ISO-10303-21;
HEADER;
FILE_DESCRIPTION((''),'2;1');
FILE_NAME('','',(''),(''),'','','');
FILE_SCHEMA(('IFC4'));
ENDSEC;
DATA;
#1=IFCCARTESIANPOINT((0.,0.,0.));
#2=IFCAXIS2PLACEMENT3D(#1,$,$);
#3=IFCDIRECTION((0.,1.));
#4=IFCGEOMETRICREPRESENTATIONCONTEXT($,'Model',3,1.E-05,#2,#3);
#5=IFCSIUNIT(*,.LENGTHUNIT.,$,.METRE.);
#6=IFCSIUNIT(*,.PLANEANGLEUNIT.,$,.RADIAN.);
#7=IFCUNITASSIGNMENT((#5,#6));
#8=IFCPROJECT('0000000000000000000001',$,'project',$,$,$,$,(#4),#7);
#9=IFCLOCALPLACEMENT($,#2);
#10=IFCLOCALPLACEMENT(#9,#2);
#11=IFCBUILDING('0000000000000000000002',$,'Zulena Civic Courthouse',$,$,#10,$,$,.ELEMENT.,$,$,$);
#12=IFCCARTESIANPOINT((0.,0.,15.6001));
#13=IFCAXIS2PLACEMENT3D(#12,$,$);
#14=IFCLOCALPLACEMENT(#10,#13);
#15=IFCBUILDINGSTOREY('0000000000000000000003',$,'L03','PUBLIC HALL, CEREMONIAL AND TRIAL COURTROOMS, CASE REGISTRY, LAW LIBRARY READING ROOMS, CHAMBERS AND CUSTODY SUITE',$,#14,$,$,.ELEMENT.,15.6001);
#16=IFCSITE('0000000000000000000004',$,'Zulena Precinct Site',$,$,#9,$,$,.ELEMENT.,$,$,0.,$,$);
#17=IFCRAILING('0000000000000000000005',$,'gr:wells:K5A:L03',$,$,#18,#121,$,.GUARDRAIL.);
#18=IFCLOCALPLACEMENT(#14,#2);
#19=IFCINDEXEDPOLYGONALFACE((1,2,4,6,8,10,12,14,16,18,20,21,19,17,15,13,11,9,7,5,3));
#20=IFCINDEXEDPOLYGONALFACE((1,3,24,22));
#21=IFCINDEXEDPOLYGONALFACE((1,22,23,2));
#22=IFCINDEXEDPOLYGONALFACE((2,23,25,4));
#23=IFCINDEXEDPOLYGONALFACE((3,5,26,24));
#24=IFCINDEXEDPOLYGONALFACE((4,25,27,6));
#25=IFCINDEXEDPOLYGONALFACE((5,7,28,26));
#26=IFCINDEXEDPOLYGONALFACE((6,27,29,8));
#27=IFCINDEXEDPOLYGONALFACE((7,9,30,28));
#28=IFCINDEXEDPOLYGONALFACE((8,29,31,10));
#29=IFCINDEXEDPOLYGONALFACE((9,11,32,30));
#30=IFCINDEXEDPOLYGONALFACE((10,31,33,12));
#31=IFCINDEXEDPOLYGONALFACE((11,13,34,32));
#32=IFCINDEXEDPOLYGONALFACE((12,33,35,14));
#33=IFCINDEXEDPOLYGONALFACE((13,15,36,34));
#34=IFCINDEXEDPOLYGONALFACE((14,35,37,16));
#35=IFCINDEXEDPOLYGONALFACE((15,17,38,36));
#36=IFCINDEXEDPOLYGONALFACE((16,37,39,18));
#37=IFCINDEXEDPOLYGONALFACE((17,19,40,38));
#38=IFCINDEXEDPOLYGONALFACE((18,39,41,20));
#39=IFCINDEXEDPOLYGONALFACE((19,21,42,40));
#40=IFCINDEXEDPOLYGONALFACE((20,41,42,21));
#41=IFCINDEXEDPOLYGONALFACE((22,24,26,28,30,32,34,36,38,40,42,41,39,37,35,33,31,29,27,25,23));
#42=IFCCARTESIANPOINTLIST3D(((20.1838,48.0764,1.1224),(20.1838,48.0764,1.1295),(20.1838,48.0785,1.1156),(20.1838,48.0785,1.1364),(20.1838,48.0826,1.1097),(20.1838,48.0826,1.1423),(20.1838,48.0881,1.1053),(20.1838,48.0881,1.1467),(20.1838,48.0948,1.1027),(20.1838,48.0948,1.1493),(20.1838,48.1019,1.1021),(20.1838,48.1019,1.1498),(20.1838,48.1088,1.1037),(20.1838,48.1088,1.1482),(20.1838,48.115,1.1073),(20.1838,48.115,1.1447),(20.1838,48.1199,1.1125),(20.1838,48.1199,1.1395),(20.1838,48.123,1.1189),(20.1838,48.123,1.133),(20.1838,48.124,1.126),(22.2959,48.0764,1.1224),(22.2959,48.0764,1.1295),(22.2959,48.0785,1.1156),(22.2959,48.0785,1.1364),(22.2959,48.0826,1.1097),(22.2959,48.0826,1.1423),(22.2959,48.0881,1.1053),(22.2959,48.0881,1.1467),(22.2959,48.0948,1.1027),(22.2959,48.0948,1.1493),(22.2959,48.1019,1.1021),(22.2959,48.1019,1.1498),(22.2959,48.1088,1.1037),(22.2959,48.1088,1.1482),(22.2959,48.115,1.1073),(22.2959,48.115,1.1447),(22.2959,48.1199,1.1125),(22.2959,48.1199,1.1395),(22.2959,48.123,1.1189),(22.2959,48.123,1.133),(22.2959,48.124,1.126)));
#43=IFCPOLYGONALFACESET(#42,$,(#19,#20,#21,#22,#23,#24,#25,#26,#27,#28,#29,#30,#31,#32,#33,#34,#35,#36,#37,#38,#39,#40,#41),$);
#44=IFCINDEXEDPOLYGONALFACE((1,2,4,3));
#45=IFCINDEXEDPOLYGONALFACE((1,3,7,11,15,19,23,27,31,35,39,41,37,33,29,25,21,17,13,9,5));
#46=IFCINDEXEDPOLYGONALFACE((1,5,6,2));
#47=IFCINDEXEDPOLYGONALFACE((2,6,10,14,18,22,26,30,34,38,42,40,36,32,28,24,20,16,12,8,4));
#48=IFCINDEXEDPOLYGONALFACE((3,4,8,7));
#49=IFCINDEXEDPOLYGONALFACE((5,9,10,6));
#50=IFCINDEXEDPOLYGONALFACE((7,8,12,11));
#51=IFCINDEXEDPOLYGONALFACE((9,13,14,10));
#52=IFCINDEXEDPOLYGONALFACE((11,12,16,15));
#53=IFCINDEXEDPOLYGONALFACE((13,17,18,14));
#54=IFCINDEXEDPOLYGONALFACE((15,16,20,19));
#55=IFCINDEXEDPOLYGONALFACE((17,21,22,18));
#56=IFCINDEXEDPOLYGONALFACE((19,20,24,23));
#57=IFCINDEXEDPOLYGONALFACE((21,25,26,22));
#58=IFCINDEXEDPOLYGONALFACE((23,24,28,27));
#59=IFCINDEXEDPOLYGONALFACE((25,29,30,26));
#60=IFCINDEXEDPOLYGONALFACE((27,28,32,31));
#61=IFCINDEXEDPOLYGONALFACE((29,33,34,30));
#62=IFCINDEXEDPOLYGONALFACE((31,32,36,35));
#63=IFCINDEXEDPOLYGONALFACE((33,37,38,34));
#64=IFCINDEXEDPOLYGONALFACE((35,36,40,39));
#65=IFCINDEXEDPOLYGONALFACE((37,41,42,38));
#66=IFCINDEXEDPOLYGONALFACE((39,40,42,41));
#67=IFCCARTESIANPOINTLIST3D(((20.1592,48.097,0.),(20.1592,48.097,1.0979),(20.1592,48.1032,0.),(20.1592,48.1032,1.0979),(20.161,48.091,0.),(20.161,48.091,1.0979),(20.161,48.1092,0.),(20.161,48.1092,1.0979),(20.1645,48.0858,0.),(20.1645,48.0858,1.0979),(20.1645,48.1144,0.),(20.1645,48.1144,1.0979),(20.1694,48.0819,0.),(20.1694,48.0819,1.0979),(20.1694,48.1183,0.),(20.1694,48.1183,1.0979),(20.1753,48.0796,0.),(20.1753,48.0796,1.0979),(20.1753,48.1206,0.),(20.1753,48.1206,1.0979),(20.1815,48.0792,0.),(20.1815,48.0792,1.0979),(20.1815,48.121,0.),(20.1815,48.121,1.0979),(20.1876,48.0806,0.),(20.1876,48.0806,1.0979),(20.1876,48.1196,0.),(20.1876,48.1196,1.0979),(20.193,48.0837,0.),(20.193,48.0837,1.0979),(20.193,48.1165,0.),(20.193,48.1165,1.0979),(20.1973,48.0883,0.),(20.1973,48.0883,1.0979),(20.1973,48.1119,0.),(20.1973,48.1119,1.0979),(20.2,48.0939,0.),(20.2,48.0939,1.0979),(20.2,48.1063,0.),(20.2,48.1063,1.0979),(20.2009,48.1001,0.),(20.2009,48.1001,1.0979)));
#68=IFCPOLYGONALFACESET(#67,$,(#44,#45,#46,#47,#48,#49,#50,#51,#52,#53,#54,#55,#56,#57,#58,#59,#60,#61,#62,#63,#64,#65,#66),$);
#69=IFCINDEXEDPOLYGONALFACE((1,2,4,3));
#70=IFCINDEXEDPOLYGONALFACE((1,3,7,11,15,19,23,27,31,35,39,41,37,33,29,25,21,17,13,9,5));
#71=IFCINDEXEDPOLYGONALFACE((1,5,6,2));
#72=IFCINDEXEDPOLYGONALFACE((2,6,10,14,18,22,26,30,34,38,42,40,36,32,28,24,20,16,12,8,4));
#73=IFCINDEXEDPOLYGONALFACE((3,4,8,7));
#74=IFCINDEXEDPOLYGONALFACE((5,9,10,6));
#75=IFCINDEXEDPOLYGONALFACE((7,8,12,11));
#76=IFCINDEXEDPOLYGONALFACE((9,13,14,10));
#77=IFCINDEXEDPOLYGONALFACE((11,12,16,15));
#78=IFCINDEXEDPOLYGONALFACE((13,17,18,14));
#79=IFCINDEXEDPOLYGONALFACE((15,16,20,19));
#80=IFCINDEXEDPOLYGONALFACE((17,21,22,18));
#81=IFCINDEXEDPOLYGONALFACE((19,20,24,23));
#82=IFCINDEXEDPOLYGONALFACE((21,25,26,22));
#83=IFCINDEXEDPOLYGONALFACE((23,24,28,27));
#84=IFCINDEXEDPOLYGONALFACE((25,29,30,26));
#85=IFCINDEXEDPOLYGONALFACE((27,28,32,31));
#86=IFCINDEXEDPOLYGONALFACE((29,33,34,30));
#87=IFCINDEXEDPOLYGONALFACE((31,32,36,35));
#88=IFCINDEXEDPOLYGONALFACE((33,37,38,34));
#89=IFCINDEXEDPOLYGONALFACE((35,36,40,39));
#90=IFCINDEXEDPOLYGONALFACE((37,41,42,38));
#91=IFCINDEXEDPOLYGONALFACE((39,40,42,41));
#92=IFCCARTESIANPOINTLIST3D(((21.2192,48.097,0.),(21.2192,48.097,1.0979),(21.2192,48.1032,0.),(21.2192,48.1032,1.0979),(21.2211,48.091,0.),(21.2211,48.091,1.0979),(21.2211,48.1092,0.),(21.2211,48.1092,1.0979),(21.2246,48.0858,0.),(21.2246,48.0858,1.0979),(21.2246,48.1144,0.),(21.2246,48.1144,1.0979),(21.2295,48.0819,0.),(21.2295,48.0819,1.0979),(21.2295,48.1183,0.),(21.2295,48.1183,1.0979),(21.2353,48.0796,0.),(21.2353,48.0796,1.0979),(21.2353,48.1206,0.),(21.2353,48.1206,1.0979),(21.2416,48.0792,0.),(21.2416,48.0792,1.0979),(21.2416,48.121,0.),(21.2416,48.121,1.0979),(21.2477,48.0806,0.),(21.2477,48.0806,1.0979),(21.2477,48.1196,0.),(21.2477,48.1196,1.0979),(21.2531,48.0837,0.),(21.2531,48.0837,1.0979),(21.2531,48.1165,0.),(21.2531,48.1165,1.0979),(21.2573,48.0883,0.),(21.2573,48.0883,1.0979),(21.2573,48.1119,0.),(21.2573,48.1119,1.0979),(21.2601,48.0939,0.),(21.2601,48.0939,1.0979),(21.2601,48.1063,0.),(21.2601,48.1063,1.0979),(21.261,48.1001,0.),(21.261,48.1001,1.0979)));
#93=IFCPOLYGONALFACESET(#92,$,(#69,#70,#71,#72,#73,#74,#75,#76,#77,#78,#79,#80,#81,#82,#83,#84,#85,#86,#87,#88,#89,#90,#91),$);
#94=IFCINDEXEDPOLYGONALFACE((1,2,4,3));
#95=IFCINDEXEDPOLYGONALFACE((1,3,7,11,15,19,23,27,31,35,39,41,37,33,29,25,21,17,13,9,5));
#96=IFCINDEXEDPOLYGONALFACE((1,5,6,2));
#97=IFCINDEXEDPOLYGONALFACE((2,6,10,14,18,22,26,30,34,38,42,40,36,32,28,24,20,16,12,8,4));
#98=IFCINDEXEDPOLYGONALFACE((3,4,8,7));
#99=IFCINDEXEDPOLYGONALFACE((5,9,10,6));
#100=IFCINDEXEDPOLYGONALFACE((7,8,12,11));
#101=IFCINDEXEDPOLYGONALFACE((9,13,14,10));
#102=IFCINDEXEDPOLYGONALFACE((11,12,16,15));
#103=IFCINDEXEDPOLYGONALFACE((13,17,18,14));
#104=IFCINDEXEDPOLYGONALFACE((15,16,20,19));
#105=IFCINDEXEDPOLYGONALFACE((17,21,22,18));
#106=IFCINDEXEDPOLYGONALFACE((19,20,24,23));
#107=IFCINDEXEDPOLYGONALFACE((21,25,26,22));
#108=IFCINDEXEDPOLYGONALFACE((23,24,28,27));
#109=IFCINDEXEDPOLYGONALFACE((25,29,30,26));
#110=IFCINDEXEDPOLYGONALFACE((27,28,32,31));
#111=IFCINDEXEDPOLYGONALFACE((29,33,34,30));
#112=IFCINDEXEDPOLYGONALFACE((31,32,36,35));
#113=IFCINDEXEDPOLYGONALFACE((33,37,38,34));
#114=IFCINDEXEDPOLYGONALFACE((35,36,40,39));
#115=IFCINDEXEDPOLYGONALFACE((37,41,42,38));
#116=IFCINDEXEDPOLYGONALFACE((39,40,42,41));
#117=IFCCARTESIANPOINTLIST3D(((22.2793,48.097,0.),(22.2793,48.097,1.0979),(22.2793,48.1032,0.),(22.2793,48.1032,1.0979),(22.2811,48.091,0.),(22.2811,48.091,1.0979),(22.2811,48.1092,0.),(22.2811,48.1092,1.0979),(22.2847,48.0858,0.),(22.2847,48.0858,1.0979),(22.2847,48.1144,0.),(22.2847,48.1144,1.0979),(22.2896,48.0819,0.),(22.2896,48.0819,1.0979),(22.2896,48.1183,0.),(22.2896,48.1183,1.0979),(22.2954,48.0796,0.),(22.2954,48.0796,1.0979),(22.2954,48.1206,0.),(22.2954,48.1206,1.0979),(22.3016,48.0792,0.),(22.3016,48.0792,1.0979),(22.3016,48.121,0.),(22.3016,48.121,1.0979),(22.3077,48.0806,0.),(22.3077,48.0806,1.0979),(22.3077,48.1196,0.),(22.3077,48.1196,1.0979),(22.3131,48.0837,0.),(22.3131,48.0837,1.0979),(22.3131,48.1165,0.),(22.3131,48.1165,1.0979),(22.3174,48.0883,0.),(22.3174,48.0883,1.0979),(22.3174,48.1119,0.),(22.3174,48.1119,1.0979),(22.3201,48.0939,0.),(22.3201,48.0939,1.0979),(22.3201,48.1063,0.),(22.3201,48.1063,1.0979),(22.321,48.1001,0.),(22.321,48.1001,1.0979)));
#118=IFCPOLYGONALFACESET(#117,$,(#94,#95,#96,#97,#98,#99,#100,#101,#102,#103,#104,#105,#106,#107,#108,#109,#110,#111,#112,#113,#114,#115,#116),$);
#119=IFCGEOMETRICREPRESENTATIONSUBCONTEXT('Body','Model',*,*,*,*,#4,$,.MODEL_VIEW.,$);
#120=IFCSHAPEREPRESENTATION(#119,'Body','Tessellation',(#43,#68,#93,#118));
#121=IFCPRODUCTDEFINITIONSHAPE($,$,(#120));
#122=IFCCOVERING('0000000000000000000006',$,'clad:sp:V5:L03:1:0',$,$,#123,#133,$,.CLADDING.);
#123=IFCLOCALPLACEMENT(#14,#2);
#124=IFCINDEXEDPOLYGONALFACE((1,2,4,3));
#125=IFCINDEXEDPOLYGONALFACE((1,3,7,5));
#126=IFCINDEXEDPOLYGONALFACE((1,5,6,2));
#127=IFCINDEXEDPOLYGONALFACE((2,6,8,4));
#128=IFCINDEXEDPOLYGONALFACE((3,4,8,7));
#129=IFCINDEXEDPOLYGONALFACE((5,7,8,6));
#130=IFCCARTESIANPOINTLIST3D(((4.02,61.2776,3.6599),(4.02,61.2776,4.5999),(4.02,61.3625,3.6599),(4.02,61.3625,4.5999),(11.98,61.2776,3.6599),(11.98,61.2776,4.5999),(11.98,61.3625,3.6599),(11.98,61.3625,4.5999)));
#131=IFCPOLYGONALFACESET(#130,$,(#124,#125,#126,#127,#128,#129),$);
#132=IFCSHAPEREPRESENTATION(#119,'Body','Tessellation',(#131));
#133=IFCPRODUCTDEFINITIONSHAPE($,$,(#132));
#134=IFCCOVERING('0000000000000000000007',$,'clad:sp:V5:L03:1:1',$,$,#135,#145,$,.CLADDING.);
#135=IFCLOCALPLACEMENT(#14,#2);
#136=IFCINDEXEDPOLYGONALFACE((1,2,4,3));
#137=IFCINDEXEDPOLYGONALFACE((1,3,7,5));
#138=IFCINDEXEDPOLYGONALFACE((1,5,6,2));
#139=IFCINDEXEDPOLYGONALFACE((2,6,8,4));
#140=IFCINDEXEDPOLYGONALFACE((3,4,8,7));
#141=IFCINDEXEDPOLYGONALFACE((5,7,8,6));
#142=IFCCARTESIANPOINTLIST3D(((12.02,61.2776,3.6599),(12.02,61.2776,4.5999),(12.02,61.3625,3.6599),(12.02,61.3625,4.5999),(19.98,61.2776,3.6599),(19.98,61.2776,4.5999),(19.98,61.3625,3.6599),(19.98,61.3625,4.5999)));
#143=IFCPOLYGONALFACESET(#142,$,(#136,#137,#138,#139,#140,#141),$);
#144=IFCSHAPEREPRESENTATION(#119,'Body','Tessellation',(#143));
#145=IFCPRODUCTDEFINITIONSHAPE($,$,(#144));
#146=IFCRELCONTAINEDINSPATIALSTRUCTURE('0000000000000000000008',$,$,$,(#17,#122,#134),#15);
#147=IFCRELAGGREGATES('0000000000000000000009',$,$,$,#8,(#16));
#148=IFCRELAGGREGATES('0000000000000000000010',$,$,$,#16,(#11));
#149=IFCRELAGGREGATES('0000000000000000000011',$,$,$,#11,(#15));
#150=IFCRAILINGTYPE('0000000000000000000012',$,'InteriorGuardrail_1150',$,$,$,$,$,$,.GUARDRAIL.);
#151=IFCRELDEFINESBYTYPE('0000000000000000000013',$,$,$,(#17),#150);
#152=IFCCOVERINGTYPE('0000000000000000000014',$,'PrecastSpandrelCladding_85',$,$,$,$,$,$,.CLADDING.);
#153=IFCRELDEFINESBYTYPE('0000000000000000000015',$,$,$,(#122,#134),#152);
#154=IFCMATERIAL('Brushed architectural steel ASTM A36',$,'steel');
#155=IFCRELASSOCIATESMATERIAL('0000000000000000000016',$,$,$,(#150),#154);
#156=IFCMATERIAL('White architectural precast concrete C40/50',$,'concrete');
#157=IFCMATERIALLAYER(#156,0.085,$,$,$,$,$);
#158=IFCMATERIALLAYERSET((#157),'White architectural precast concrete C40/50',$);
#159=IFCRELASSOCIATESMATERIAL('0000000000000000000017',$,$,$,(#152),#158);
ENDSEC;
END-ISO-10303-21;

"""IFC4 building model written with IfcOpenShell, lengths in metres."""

from ifc_helpers import new_model, si_unit, direction, frame, origin, origin_2d, place, context, subcontext, project, spatial, rectangle, circle, extrude, material, layer, layer_set, type_object, element, save


model = new_model("IFC4")

# Units and contexts
model_context = context("Model", 3, precision=1e-05, world=origin(), true_north=direction((0.0, 1.0)))
body_context = subcontext(model_context, "Body", "Model", "MODEL_VIEW")
ifc_project = project(units=[si_unit("LENGTHUNIT", "METRE"), si_unit("PLANEANGLEUNIT", "RADIAN")], contexts=[model_context])

# Site, building, storey
site_placement = place(None, origin())
site = spatial("IfcSite", under=ifc_project, at=site_placement, Name="Zulena Precinct Site", CompositionType="ELEMENT", RefElevation=0.0)
building_placement = place(site_placement, origin())
building = spatial("IfcBuilding", under=site, at=building_placement, Name="Zulena Civic Courthouse", CompositionType="ELEMENT")
storey_placement = place(building_placement, frame((0.0, 0.0, 15.6001)))
storey = spatial("IfcBuildingStorey", under=building, at=storey_placement, Name="L03", Description="PUBLIC HALL, CEREMONIAL AND TRIAL COURTROOMS, CASE REGISTRY, LAW LIBRARY READING ROOMS, CHAMBERS AND CUSTODY SUITE", CompositionType="ELEMENT", Elevation=15.6001)

# Railing
ifc_material_1 = material(Name="Brushed architectural steel ASTM A36", Category="steel")
railing_type_1 = type_object("IfcRailingType", Name="InteriorGuardrail_1150", PredefinedType="GUARDRAIL", material=ifc_material_1)
railing_1_placement = place(storey_placement, frame((20.1799, 48.1001, 0.0)))
element("IfcRailing", 1, at=railing_1_placement, inside=storey, type_object=railing_type_1, Name="gr:wells:K5A:L03", PredefinedType="GUARDRAIL", context=body_context, shape_type="SweptSolid", body=[
    extrude(circle(Radius=0.0239, at=origin_2d()), frame((0.0039, 0.0, 1.126), z_axis=(1.0, 0.0, 0.0), x_axis=(0.0, 1.0, 0.0)), (0.0, 0.0, 1.0), 2.1121),
    extrude(circle(Radius=0.021, at=origin_2d()), origin(), (0.0, 0.0, 1.0), 1.0979),
    extrude(circle(Radius=0.021, at=origin_2d()), frame((1.0601, 0.0, 0.0)), (0.0, 0.0, 1.0), 1.0979),
    extrude(circle(Radius=0.021, at=origin_2d()), frame((2.1201, 0.0, 0.0)), (0.0, 0.0, 1.0), 1.0979),
])

# Coverings
ifc_material_2 = material(Name="White architectural precast concrete C40/50", Category="concrete")
ifc_layer_1 = layer(ifc_material_2, 0.085)
ifc_layer_set_1 = layer_set([ifc_layer_1], Name="White architectural precast concrete C40/50")
covering_type = type_object("IfcCoveringType", Name="PrecastSpandrelCladding_85", PredefinedType="CLADDING", material=ifc_layer_set_1)
for number, where, z_axis, x_axis, name in (
    (2, (8.0, 61.3201, 3.6599), (0.0, 0.0, 1.0), (1.0, 0.0, 0.0), "clad:sp:V5:L03:1:0"),
    (3, (16.0, 61.3201, 3.6599), (0.0, 0.0, 1.0), (1.0, 0.0, 0.0), "clad:sp:V5:L03:1:1"),
):
    element("IfcCovering", number, at=place(storey_placement, frame(where, z_axis=z_axis, x_axis=x_axis)), inside=storey, type_object=covering_type, Name=name, PredefinedType="CLADDING", context=body_context, shape_type="SweptSolid", body=[
        extrude(rectangle(XDim=7.96, YDim=0.085, at=origin_2d()), origin(), (0.0, 0.0, 1.0), 0.9399),
    ])

save(model, "model.ifc")
